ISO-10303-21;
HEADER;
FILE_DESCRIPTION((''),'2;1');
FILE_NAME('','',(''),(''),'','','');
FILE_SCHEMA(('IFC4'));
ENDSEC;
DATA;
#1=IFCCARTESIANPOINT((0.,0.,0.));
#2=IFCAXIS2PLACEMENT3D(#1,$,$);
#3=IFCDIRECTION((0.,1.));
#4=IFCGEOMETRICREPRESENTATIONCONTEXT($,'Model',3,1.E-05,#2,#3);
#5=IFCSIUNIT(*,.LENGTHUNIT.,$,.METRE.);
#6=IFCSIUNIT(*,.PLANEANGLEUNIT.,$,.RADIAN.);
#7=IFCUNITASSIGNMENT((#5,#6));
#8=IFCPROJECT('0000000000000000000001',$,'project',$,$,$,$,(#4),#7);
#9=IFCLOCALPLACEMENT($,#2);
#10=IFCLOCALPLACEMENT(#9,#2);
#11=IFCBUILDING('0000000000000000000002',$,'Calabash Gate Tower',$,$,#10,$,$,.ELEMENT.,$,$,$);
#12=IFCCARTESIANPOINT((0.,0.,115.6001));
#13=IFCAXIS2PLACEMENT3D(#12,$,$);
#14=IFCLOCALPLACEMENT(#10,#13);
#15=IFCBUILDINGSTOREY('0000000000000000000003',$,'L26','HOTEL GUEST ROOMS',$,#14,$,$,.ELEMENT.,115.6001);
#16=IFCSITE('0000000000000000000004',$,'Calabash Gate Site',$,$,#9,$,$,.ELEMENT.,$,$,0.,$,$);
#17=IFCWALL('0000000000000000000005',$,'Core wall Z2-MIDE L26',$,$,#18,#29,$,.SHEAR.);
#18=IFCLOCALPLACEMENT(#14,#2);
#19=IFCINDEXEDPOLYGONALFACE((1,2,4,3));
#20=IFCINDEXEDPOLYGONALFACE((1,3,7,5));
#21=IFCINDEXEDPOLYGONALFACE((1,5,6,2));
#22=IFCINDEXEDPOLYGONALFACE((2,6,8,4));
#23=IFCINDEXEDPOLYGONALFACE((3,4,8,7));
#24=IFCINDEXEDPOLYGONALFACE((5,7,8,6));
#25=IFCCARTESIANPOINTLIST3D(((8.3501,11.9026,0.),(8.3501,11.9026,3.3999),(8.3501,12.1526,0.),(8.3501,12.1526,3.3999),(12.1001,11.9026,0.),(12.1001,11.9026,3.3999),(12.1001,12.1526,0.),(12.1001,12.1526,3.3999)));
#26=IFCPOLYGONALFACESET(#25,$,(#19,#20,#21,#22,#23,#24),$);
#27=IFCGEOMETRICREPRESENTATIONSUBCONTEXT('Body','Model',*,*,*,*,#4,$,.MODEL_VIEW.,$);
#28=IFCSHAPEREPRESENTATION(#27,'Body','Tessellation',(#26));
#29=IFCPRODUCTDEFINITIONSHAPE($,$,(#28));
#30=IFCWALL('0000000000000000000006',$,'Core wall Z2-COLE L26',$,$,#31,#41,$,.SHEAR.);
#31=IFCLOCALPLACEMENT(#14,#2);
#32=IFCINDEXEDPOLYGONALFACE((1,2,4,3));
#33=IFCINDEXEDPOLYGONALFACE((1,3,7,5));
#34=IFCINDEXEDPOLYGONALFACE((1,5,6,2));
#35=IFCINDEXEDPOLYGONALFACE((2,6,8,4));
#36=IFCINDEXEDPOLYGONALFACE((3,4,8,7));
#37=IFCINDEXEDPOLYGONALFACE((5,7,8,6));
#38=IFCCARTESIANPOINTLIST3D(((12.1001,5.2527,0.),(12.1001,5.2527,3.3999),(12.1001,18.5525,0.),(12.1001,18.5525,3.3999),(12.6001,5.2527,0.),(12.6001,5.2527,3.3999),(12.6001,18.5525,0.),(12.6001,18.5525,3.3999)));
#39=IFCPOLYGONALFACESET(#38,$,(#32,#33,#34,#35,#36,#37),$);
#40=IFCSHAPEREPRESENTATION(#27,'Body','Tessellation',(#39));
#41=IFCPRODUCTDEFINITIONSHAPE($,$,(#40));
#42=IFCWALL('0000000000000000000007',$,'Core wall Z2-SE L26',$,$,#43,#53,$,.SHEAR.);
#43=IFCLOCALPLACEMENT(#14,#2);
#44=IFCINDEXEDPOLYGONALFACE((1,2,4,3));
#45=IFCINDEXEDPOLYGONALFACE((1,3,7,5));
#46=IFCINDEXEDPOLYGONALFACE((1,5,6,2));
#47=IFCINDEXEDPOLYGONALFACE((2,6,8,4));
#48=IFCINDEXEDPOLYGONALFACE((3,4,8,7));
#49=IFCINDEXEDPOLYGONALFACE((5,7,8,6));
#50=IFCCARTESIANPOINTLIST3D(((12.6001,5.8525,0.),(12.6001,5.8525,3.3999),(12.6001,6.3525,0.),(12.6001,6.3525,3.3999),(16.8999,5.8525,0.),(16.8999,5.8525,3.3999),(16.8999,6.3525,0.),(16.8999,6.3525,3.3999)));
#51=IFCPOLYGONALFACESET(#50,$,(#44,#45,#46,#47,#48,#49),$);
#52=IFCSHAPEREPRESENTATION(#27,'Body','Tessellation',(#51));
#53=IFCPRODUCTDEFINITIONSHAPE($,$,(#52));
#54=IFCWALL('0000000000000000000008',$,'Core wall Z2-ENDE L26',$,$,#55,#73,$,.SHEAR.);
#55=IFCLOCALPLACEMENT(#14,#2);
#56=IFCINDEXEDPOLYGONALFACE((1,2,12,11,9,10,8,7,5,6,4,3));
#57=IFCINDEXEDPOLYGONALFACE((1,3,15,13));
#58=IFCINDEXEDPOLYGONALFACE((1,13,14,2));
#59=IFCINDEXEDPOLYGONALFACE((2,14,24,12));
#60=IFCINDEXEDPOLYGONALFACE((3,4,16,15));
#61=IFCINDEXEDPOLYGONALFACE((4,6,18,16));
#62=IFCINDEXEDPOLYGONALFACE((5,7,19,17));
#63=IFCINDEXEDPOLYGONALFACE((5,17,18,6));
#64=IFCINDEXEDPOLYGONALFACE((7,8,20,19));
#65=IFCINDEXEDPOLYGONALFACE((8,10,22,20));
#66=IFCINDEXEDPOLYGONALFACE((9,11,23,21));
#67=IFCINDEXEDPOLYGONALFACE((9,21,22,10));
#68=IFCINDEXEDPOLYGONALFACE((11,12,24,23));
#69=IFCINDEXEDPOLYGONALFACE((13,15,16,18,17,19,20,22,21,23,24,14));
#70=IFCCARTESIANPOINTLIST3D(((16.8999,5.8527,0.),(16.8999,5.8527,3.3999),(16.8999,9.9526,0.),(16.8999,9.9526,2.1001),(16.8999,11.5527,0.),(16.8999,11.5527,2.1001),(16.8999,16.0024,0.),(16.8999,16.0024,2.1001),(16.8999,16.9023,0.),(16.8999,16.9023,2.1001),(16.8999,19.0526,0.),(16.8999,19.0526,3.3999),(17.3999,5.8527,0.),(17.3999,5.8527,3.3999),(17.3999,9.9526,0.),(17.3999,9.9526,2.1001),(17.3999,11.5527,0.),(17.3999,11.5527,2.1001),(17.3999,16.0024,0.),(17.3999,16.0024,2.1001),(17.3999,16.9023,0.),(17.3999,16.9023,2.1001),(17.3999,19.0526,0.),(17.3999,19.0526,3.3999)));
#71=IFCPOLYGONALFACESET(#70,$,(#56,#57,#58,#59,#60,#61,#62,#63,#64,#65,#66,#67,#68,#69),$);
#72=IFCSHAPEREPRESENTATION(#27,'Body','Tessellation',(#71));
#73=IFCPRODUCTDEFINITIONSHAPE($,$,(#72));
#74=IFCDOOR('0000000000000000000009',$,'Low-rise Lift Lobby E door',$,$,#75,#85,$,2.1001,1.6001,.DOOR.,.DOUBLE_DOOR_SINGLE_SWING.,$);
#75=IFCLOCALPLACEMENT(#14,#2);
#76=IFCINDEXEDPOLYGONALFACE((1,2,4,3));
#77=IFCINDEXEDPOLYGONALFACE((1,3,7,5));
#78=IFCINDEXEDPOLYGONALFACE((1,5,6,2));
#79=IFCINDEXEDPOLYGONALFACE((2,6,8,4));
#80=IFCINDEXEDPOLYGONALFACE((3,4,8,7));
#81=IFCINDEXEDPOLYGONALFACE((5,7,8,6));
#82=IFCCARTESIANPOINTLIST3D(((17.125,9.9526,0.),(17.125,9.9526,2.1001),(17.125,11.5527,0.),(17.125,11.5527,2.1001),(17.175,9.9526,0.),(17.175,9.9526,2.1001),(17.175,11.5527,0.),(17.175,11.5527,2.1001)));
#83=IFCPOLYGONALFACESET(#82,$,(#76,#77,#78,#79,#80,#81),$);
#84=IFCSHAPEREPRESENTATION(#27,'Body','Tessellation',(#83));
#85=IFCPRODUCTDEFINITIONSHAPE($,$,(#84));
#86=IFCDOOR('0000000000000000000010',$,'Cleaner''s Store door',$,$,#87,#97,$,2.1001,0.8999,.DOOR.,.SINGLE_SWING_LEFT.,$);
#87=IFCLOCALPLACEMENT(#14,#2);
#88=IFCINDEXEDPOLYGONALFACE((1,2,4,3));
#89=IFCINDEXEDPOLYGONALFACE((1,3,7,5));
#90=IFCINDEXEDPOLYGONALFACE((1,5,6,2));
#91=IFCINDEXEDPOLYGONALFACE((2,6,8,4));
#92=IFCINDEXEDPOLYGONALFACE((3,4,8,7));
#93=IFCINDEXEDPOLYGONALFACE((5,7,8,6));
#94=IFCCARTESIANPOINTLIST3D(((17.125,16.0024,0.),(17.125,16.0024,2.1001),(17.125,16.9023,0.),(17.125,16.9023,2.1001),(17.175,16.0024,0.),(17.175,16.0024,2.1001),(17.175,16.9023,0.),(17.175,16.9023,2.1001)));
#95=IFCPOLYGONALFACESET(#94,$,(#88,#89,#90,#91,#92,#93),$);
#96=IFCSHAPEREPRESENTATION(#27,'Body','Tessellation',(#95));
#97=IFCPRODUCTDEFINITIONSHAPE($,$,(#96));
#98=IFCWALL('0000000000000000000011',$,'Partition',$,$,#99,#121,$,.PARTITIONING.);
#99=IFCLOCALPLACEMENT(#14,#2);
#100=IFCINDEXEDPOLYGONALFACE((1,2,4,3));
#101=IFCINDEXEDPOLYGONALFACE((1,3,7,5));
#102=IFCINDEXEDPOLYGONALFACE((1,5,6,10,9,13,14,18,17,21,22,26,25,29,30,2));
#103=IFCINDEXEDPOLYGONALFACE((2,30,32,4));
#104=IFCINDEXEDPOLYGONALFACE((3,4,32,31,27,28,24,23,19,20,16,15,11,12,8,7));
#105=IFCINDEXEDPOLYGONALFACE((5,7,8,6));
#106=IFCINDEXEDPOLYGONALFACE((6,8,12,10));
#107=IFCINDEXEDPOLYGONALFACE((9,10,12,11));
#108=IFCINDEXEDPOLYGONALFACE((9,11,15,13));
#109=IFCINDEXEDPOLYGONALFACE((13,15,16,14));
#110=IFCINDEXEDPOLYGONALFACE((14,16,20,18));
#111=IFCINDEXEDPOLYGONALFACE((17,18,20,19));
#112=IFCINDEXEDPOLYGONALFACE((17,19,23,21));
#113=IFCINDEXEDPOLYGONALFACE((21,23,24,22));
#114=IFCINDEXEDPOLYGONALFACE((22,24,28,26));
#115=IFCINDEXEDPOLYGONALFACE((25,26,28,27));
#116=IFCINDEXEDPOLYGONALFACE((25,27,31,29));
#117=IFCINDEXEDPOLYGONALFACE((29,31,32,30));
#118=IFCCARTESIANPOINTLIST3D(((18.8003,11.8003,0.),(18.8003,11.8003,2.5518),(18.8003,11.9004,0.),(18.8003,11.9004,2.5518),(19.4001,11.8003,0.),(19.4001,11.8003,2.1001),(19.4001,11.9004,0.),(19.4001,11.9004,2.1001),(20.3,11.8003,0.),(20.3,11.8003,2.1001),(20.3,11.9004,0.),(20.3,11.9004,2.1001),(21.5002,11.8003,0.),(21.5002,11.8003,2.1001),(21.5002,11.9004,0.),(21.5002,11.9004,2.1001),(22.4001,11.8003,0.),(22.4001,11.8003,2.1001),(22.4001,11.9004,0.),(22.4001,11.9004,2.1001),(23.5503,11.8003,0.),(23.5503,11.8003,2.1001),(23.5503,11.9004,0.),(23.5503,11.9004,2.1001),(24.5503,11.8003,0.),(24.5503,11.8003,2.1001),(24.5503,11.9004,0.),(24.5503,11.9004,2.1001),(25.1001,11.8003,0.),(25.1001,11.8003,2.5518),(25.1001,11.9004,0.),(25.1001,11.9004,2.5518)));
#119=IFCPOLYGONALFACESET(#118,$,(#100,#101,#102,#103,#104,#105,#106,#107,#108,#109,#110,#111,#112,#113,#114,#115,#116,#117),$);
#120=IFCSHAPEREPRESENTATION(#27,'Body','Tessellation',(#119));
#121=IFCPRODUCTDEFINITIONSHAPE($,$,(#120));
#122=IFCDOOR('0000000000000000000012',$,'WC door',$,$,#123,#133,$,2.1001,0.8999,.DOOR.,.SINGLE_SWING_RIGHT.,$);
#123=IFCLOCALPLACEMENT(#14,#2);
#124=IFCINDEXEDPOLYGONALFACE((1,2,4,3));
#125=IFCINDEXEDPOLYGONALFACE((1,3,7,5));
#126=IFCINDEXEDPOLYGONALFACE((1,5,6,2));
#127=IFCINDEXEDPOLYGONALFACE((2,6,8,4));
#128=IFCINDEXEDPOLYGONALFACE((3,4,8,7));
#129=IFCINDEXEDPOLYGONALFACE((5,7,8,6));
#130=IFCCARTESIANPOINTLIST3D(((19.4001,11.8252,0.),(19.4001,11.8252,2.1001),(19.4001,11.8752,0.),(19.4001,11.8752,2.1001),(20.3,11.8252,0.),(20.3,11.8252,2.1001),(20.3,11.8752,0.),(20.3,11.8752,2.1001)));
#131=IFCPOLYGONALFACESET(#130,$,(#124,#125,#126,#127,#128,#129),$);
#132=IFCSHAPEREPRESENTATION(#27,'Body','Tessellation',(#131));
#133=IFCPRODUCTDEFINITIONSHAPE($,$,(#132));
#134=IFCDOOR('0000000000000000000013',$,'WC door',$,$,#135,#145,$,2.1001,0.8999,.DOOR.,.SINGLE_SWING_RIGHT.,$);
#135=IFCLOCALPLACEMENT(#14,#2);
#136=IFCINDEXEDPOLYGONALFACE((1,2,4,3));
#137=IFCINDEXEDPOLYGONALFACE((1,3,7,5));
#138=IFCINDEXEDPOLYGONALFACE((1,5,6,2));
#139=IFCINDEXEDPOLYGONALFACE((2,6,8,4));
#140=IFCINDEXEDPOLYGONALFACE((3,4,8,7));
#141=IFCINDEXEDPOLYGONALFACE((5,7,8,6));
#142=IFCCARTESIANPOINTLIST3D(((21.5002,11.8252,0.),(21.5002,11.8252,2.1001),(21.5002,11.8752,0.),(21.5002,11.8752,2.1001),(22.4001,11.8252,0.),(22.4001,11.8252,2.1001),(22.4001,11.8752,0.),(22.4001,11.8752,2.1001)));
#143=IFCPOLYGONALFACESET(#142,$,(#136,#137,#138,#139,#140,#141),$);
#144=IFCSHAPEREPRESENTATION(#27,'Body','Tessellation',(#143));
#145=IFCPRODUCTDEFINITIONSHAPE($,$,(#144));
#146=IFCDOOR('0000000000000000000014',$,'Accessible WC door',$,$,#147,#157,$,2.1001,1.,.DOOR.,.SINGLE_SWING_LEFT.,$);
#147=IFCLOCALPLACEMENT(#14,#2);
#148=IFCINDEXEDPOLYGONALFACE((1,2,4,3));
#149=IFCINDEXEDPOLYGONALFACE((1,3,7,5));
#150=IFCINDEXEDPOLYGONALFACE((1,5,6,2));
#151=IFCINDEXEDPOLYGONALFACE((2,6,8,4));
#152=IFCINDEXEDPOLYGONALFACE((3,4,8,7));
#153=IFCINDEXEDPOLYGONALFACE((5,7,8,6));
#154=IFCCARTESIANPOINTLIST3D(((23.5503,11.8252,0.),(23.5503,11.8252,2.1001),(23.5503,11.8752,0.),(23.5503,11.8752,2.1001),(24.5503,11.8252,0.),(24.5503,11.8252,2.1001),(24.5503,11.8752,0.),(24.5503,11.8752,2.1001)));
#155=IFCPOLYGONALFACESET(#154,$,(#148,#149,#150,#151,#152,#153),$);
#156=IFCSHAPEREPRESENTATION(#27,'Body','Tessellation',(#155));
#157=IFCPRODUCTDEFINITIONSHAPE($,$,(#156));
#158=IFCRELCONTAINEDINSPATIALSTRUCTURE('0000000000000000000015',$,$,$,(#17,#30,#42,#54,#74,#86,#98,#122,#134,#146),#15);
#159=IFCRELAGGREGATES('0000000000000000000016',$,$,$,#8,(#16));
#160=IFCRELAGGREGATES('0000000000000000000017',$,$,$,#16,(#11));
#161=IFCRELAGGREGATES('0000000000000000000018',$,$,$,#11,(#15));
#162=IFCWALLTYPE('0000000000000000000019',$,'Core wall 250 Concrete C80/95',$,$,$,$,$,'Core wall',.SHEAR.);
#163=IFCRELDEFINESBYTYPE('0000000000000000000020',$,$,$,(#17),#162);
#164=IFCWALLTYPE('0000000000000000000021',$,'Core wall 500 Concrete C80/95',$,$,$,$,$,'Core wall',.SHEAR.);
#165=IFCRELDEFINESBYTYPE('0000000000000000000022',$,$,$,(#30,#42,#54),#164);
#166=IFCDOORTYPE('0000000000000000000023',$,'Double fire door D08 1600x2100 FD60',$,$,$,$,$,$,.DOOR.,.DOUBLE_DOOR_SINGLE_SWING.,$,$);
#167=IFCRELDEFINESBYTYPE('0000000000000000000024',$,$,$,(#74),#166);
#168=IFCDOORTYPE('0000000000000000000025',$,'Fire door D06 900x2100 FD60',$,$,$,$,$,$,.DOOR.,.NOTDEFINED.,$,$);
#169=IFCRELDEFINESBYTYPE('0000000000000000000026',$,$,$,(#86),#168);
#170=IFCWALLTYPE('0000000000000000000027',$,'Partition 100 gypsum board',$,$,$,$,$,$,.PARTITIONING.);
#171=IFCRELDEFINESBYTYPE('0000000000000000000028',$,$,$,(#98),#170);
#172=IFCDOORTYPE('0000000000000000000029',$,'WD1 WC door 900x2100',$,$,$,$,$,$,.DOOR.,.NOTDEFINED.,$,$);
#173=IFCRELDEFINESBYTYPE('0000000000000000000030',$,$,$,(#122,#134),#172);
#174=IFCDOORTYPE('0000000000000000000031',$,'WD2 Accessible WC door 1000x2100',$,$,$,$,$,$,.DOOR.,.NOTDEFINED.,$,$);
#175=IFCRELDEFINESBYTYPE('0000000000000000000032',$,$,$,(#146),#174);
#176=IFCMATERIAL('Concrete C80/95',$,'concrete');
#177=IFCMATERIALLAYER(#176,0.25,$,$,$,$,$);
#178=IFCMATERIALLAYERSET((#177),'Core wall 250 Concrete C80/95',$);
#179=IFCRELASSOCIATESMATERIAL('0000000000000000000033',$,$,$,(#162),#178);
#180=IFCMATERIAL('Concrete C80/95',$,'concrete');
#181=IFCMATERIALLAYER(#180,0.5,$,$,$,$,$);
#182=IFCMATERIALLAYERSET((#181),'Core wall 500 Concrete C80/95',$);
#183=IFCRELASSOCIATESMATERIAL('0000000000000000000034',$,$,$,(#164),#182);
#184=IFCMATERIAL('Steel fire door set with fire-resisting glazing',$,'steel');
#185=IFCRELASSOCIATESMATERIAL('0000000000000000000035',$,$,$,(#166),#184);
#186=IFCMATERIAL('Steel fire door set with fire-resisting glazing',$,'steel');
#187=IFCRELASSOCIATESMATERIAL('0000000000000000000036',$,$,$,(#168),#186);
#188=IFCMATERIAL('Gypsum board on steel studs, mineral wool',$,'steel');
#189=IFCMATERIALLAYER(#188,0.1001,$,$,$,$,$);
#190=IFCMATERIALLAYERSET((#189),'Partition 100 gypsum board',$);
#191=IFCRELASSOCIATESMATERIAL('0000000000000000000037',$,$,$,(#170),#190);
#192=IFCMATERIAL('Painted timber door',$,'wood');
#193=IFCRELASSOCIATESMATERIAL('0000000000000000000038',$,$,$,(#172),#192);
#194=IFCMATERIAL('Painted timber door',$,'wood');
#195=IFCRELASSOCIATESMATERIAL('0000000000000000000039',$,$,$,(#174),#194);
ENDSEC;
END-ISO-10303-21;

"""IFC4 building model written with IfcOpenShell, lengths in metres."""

from ifc_helpers import new_model, si_unit, direction, frame, frame_2d, origin, place, context, subcontext, project, spatial, rectangle, extrude, material, layer, layer_set, type_object, element, fill, save


model = new_model("IFC4")

# Units and contexts
model_context = context("Model", 3, precision=1e-05, world=origin(), true_north=direction((0.0, 1.0)))
body_context = subcontext(model_context, "Body", "Model", "MODEL_VIEW")
ifc_project = project(units=[si_unit("LENGTHUNIT", "METRE"), si_unit("PLANEANGLEUNIT", "RADIAN")], contexts=[model_context])

# Site, building, storey
site_placement = place(None, origin())
site = spatial("IfcSite", under=ifc_project, at=site_placement, Name="Calabash Gate Site", CompositionType="ELEMENT", RefElevation=0.0)
building_placement = place(site_placement, origin())
building = spatial("IfcBuilding", under=site, at=building_placement, Name="Calabash Gate Tower", CompositionType="ELEMENT")
storey_placement = place(building_placement, frame((0.0, 0.0, 115.6001)))
storey = spatial("IfcBuildingStorey", under=building, at=storey_placement, Name="L26", Description="HOTEL GUEST ROOMS", CompositionType="ELEMENT", Elevation=115.6001)

# Walls
ifc_material_1 = material(Name="Concrete C80/95", Category="concrete")
ifc_layer_1 = layer(ifc_material_1, 0.25)
ifc_layer_set_1 = layer_set([ifc_layer_1], Name="Core wall 250 Concrete C80/95")
wall_type_1 = type_object("IfcWallType", Name="Core wall 250 Concrete C80/95", ElementType="Core wall", PredefinedType="SHEAR", material=ifc_layer_set_1)
wall_1_placement = place(storey_placement, frame((8.3501, 12.0276, 0.0), z_axis=(0.0, 0.0, 1.0), x_axis=(1.0, 0.0, 0.0)))
element("IfcWall", 1, at=wall_1_placement, inside=storey, type_object=wall_type_1, Name="Core wall Z2-MIDE L26", PredefinedType="SHEAR", context=body_context, shape_type="SweptSolid", body=[
    extrude(rectangle(XDim=3.75, YDim=0.25, at=frame_2d((1.875, 0.0))), origin(), (0.0, 0.0, 1.0), 3.3999),
])
ifc_material_2 = material(Name="Concrete C80/95", Category="concrete")
ifc_layer_2 = layer(ifc_material_2, 0.5)
ifc_layer_set_2 = layer_set([ifc_layer_2], Name="Core wall 500 Concrete C80/95")
wall_type_2 = type_object("IfcWallType", Name="Core wall 500 Concrete C80/95", ElementType="Core wall", PredefinedType="SHEAR", material=ifc_layer_set_2)
wall_2_placement = place(storey_placement, frame((12.3501, 5.2527, 0.0), z_axis=(0.0, 0.0, 1.0), x_axis=(0.0, 1.0, 0.0)))
element("IfcWall", 2, at=wall_2_placement, inside=storey, type_object=wall_type_2, Name="Core wall Z2-COLE L26", PredefinedType="SHEAR", context=body_context, shape_type="SweptSolid", body=[
    extrude(rectangle(XDim=13.2998, YDim=0.5, at=frame_2d((6.6499, 0.0))), origin(), (0.0, 0.0, 1.0), 3.3999),
])
wall_3_placement = place(storey_placement, frame((12.6001, 6.1025, 0.0), z_axis=(0.0, 0.0, 1.0), x_axis=(1.0, 0.0, 0.0)))
element("IfcWall", 3, at=wall_3_placement, inside=storey, type_object=wall_type_2, Name="Core wall Z2-SE L26", PredefinedType="SHEAR", context=body_context, shape_type="SweptSolid", body=[
    extrude(rectangle(XDim=4.2998, YDim=0.5, at=frame_2d((2.1499, 0.0))), origin(), (0.0, 0.0, 1.0), 3.3999),
])

# Walls, openings, doors
wall_4_placement = place(storey_placement, frame((17.1499, 5.8525, 0.0), z_axis=(0.0, 0.0, 1.0), x_axis=(0.0, 1.0, 0.0)))
wall_4 = element("IfcWall", 4, at=wall_4_placement, inside=storey, type_object=wall_type_2, Name="Core wall Z2-ENDE L26", PredefinedType="SHEAR", context=body_context, shape_type="SweptSolid", body=[
    extrude(rectangle(XDim=13.2, YDim=0.5, at=frame_2d((6.6001, 0.0))), origin(), (0.0, 0.0, 1.0), 3.3999),
])
opening_1_placement = place(wall_4_placement, frame((4.1001, 0.0, 0.0)))
opening_1 = element("IfcOpeningElement", 5, at=opening_1_placement, cuts=wall_4, PredefinedType="OPENING", context=body_context, shape_type="SweptSolid", body=[
    extrude(rectangle(XDim=1.6001, YDim=2.1001, at=frame_2d((0.8, 1.05))), frame((0.0, 0.26, 0.0), z_axis=(0.0, -1.0, 0.0), x_axis=(1.0, 0.0, 0.0)), (0.0, 0.0, 1.0), 0.52),
])
opening_2_placement = place(wall_4_placement, frame((10.1499, 0.0, 0.0)))
opening_2 = element("IfcOpeningElement", 6, at=opening_2_placement, cuts=wall_4, PredefinedType="OPENING", context=body_context, shape_type="SweptSolid", body=[
    extrude(rectangle(XDim=0.8999, YDim=2.1001, at=frame_2d((0.45, 1.05))), frame((0.0, 0.26, 0.0), z_axis=(0.0, -1.0, 0.0), x_axis=(1.0, 0.0, 0.0)), (0.0, 0.0, 1.0), 0.52),
])
ifc_material_3 = material(Name="Steel fire door set with fire-resisting glazing", Category="steel")
door_type_1 = type_object("IfcDoorType", Name="Double fire door D08 1600x2100 FD60", OperationType="DOUBLE_DOOR_SINGLE_SWING", PredefinedType="DOOR", material=ifc_material_3)
door_1_placement = place(opening_1_placement, origin())
door_1 = element("IfcDoor", 7, at=door_1_placement, inside=storey, type_object=door_type_1, Name="Low-rise Lift Lobby E door", OperationType="DOUBLE_DOOR_SINGLE_SWING", OverallHeight=2.1001, OverallWidth=1.6001, PredefinedType="DOOR", context=body_context, shape_type="SweptSolid", body=[
    extrude(rectangle(XDim=1.6001, YDim=2.1001, at=frame_2d((0.8, 1.05))), frame((0.0, 0.0249, 0.0), z_axis=(0.0, -1.0, 0.0), x_axis=(1.0, 0.0, 0.0)), (0.0, 0.0, 1.0), 0.05),
])
fill(opening_1, door_1)
ifc_material_4 = material(Name="Steel fire door set with fire-resisting glazing", Category="steel")
door_type_2 = type_object("IfcDoorType", Name="Fire door D06 900x2100 FD60", OperationType="NOTDEFINED", PredefinedType="DOOR", material=ifc_material_4)
door_2_placement = place(opening_2_placement, origin())
door_2 = element("IfcDoor", 8, at=door_2_placement, inside=storey, type_object=door_type_2, Name="Cleaner's Store door", OperationType="SINGLE_SWING_LEFT", OverallHeight=2.1001, OverallWidth=0.8999, PredefinedType="DOOR", context=body_context, shape_type="SweptSolid", body=[
    extrude(rectangle(XDim=0.8999, YDim=2.1001, at=frame_2d((0.45, 1.05))), frame((0.0, 0.0249, 0.0), z_axis=(0.0, -1.0, 0.0), x_axis=(1.0, 0.0, 0.0)), (0.0, 0.0, 1.0), 0.05),
])
fill(opening_2, door_2)
ifc_material_5 = material(Name="Gypsum board on steel studs, mineral wool", Category="steel")
ifc_layer_3 = layer(ifc_material_5, 0.1001)
ifc_layer_set_3 = layer_set([ifc_layer_3], Name="Partition 100 gypsum board")
wall_type_3 = type_object("IfcWallType", Name="Partition 100 gypsum board", PredefinedType="PARTITIONING", material=ifc_layer_set_3)
wall_5_placement = place(storey_placement, frame((18.8003, 11.8503, 0.0), z_axis=(0.0, 0.0, 1.0), x_axis=(1.0, 0.0, 0.0)))
wall_5 = element("IfcWall", 9, at=wall_5_placement, inside=storey, type_object=wall_type_3, Name="Partition", PredefinedType="PARTITIONING", context=body_context, shape_type="SweptSolid", body=[
    extrude(rectangle(XDim=6.2998, YDim=0.1001, at=frame_2d((3.1499, 0.0))), origin(), (0.0, 0.0, 1.0), 2.5518),
])
opening_3_placement = place(wall_5_placement, frame((0.5999, 0.0, 0.0)))
opening_3 = element("IfcOpeningElement", 10, at=opening_3_placement, cuts=wall_5, PredefinedType="OPENING", context=body_context, shape_type="SweptSolid", body=[
    extrude(rectangle(XDim=0.8999, YDim=2.1001, at=frame_2d((0.45, 1.05))), frame((0.0, 0.0601, 0.0), z_axis=(0.0, -1.0, 0.0), x_axis=(1.0, 0.0, 0.0)), (0.0, 0.0, 1.0), 0.1201),
])
opening_4_placement = place(wall_5_placement, frame((2.7, 0.0, 0.0)))
opening_4 = element("IfcOpeningElement", 11, at=opening_4_placement, cuts=wall_5, PredefinedType="OPENING", context=body_context, shape_type="SweptSolid", body=[
    extrude(rectangle(XDim=0.8999, YDim=2.1001, at=frame_2d((0.45, 1.05))), frame((0.0, 0.0601, 0.0), z_axis=(0.0, -1.0, 0.0), x_axis=(1.0, 0.0, 0.0)), (0.0, 0.0, 1.0), 0.1201),
])
opening_5_placement = place(wall_5_placement, frame((4.75, 0.0, 0.0)))
opening_5 = element("IfcOpeningElement", 12, at=opening_5_placement, cuts=wall_5, PredefinedType="OPENING", context=body_context, shape_type="SweptSolid", body=[
    extrude(rectangle(XDim=1.0, YDim=2.1001, at=frame_2d((0.5, 1.05))), frame((0.0, 0.0601, 0.0), z_axis=(0.0, -1.0, 0.0), x_axis=(1.0, 0.0, 0.0)), (0.0, 0.0, 1.0), 0.1201),
])
ifc_material_6 = material(Name="Painted timber door", Category="wood")
door_type_3 = type_object("IfcDoorType", Name="WD1 WC door 900x2100", OperationType="NOTDEFINED", PredefinedType="DOOR", material=ifc_material_6)
door_3_placement = place(opening_3_placement, origin())
door_3 = element("IfcDoor", 13, at=door_3_placement, inside=storey, type_object=door_type_3, Name="WC door", OperationType="SINGLE_SWING_RIGHT", OverallHeight=2.1001, OverallWidth=0.8999, PredefinedType="DOOR", context=body_context, shape_type="SweptSolid", body=[
    extrude(rectangle(XDim=0.8999, YDim=2.1001, at=frame_2d((0.45, 1.05))), frame((0.0, 0.0249, 0.0), z_axis=(0.0, -1.0, 0.0), x_axis=(1.0, 0.0, 0.0)), (0.0, 0.0, 1.0), 0.05),
])
fill(opening_3, door_3)
door_4_placement = place(opening_4_placement, origin())
door_4 = element("IfcDoor", 14, at=door_4_placement, inside=storey, type_object=door_type_3, Name="WC door", OperationType="SINGLE_SWING_RIGHT", OverallHeight=2.1001, OverallWidth=0.8999, PredefinedType="DOOR", context=body_context, shape_type="SweptSolid", body=[
    extrude(rectangle(XDim=0.8999, YDim=2.1001, at=frame_2d((0.45, 1.05))), frame((0.0, 0.0249, 0.0), z_axis=(0.0, -1.0, 0.0), x_axis=(1.0, 0.0, 0.0)), (0.0, 0.0, 1.0), 0.05),
])
fill(opening_4, door_4)
ifc_material_7 = material(Name="Painted timber door", Category="wood")
door_type_4 = type_object("IfcDoorType", Name="WD2 Accessible WC door 1000x2100", OperationType="NOTDEFINED", PredefinedType="DOOR", material=ifc_material_7)
door_5_placement = place(opening_5_placement, origin())
door_5 = element("IfcDoor", 15, at=door_5_placement, inside=storey, type_object=door_type_4, Name="Accessible WC door", OperationType="SINGLE_SWING_LEFT", OverallHeight=2.1001, OverallWidth=1.0, PredefinedType="DOOR", context=body_context, shape_type="SweptSolid", body=[
    extrude(rectangle(XDim=1.0, YDim=2.1001, at=frame_2d((0.5, 1.05))), frame((0.0, 0.0249, 0.0), z_axis=(0.0, -1.0, 0.0), x_axis=(1.0, 0.0, 0.0)), (0.0, 0.0, 1.0), 0.05),
])
fill(opening_5, door_5)

save(model, "model.ifc")
